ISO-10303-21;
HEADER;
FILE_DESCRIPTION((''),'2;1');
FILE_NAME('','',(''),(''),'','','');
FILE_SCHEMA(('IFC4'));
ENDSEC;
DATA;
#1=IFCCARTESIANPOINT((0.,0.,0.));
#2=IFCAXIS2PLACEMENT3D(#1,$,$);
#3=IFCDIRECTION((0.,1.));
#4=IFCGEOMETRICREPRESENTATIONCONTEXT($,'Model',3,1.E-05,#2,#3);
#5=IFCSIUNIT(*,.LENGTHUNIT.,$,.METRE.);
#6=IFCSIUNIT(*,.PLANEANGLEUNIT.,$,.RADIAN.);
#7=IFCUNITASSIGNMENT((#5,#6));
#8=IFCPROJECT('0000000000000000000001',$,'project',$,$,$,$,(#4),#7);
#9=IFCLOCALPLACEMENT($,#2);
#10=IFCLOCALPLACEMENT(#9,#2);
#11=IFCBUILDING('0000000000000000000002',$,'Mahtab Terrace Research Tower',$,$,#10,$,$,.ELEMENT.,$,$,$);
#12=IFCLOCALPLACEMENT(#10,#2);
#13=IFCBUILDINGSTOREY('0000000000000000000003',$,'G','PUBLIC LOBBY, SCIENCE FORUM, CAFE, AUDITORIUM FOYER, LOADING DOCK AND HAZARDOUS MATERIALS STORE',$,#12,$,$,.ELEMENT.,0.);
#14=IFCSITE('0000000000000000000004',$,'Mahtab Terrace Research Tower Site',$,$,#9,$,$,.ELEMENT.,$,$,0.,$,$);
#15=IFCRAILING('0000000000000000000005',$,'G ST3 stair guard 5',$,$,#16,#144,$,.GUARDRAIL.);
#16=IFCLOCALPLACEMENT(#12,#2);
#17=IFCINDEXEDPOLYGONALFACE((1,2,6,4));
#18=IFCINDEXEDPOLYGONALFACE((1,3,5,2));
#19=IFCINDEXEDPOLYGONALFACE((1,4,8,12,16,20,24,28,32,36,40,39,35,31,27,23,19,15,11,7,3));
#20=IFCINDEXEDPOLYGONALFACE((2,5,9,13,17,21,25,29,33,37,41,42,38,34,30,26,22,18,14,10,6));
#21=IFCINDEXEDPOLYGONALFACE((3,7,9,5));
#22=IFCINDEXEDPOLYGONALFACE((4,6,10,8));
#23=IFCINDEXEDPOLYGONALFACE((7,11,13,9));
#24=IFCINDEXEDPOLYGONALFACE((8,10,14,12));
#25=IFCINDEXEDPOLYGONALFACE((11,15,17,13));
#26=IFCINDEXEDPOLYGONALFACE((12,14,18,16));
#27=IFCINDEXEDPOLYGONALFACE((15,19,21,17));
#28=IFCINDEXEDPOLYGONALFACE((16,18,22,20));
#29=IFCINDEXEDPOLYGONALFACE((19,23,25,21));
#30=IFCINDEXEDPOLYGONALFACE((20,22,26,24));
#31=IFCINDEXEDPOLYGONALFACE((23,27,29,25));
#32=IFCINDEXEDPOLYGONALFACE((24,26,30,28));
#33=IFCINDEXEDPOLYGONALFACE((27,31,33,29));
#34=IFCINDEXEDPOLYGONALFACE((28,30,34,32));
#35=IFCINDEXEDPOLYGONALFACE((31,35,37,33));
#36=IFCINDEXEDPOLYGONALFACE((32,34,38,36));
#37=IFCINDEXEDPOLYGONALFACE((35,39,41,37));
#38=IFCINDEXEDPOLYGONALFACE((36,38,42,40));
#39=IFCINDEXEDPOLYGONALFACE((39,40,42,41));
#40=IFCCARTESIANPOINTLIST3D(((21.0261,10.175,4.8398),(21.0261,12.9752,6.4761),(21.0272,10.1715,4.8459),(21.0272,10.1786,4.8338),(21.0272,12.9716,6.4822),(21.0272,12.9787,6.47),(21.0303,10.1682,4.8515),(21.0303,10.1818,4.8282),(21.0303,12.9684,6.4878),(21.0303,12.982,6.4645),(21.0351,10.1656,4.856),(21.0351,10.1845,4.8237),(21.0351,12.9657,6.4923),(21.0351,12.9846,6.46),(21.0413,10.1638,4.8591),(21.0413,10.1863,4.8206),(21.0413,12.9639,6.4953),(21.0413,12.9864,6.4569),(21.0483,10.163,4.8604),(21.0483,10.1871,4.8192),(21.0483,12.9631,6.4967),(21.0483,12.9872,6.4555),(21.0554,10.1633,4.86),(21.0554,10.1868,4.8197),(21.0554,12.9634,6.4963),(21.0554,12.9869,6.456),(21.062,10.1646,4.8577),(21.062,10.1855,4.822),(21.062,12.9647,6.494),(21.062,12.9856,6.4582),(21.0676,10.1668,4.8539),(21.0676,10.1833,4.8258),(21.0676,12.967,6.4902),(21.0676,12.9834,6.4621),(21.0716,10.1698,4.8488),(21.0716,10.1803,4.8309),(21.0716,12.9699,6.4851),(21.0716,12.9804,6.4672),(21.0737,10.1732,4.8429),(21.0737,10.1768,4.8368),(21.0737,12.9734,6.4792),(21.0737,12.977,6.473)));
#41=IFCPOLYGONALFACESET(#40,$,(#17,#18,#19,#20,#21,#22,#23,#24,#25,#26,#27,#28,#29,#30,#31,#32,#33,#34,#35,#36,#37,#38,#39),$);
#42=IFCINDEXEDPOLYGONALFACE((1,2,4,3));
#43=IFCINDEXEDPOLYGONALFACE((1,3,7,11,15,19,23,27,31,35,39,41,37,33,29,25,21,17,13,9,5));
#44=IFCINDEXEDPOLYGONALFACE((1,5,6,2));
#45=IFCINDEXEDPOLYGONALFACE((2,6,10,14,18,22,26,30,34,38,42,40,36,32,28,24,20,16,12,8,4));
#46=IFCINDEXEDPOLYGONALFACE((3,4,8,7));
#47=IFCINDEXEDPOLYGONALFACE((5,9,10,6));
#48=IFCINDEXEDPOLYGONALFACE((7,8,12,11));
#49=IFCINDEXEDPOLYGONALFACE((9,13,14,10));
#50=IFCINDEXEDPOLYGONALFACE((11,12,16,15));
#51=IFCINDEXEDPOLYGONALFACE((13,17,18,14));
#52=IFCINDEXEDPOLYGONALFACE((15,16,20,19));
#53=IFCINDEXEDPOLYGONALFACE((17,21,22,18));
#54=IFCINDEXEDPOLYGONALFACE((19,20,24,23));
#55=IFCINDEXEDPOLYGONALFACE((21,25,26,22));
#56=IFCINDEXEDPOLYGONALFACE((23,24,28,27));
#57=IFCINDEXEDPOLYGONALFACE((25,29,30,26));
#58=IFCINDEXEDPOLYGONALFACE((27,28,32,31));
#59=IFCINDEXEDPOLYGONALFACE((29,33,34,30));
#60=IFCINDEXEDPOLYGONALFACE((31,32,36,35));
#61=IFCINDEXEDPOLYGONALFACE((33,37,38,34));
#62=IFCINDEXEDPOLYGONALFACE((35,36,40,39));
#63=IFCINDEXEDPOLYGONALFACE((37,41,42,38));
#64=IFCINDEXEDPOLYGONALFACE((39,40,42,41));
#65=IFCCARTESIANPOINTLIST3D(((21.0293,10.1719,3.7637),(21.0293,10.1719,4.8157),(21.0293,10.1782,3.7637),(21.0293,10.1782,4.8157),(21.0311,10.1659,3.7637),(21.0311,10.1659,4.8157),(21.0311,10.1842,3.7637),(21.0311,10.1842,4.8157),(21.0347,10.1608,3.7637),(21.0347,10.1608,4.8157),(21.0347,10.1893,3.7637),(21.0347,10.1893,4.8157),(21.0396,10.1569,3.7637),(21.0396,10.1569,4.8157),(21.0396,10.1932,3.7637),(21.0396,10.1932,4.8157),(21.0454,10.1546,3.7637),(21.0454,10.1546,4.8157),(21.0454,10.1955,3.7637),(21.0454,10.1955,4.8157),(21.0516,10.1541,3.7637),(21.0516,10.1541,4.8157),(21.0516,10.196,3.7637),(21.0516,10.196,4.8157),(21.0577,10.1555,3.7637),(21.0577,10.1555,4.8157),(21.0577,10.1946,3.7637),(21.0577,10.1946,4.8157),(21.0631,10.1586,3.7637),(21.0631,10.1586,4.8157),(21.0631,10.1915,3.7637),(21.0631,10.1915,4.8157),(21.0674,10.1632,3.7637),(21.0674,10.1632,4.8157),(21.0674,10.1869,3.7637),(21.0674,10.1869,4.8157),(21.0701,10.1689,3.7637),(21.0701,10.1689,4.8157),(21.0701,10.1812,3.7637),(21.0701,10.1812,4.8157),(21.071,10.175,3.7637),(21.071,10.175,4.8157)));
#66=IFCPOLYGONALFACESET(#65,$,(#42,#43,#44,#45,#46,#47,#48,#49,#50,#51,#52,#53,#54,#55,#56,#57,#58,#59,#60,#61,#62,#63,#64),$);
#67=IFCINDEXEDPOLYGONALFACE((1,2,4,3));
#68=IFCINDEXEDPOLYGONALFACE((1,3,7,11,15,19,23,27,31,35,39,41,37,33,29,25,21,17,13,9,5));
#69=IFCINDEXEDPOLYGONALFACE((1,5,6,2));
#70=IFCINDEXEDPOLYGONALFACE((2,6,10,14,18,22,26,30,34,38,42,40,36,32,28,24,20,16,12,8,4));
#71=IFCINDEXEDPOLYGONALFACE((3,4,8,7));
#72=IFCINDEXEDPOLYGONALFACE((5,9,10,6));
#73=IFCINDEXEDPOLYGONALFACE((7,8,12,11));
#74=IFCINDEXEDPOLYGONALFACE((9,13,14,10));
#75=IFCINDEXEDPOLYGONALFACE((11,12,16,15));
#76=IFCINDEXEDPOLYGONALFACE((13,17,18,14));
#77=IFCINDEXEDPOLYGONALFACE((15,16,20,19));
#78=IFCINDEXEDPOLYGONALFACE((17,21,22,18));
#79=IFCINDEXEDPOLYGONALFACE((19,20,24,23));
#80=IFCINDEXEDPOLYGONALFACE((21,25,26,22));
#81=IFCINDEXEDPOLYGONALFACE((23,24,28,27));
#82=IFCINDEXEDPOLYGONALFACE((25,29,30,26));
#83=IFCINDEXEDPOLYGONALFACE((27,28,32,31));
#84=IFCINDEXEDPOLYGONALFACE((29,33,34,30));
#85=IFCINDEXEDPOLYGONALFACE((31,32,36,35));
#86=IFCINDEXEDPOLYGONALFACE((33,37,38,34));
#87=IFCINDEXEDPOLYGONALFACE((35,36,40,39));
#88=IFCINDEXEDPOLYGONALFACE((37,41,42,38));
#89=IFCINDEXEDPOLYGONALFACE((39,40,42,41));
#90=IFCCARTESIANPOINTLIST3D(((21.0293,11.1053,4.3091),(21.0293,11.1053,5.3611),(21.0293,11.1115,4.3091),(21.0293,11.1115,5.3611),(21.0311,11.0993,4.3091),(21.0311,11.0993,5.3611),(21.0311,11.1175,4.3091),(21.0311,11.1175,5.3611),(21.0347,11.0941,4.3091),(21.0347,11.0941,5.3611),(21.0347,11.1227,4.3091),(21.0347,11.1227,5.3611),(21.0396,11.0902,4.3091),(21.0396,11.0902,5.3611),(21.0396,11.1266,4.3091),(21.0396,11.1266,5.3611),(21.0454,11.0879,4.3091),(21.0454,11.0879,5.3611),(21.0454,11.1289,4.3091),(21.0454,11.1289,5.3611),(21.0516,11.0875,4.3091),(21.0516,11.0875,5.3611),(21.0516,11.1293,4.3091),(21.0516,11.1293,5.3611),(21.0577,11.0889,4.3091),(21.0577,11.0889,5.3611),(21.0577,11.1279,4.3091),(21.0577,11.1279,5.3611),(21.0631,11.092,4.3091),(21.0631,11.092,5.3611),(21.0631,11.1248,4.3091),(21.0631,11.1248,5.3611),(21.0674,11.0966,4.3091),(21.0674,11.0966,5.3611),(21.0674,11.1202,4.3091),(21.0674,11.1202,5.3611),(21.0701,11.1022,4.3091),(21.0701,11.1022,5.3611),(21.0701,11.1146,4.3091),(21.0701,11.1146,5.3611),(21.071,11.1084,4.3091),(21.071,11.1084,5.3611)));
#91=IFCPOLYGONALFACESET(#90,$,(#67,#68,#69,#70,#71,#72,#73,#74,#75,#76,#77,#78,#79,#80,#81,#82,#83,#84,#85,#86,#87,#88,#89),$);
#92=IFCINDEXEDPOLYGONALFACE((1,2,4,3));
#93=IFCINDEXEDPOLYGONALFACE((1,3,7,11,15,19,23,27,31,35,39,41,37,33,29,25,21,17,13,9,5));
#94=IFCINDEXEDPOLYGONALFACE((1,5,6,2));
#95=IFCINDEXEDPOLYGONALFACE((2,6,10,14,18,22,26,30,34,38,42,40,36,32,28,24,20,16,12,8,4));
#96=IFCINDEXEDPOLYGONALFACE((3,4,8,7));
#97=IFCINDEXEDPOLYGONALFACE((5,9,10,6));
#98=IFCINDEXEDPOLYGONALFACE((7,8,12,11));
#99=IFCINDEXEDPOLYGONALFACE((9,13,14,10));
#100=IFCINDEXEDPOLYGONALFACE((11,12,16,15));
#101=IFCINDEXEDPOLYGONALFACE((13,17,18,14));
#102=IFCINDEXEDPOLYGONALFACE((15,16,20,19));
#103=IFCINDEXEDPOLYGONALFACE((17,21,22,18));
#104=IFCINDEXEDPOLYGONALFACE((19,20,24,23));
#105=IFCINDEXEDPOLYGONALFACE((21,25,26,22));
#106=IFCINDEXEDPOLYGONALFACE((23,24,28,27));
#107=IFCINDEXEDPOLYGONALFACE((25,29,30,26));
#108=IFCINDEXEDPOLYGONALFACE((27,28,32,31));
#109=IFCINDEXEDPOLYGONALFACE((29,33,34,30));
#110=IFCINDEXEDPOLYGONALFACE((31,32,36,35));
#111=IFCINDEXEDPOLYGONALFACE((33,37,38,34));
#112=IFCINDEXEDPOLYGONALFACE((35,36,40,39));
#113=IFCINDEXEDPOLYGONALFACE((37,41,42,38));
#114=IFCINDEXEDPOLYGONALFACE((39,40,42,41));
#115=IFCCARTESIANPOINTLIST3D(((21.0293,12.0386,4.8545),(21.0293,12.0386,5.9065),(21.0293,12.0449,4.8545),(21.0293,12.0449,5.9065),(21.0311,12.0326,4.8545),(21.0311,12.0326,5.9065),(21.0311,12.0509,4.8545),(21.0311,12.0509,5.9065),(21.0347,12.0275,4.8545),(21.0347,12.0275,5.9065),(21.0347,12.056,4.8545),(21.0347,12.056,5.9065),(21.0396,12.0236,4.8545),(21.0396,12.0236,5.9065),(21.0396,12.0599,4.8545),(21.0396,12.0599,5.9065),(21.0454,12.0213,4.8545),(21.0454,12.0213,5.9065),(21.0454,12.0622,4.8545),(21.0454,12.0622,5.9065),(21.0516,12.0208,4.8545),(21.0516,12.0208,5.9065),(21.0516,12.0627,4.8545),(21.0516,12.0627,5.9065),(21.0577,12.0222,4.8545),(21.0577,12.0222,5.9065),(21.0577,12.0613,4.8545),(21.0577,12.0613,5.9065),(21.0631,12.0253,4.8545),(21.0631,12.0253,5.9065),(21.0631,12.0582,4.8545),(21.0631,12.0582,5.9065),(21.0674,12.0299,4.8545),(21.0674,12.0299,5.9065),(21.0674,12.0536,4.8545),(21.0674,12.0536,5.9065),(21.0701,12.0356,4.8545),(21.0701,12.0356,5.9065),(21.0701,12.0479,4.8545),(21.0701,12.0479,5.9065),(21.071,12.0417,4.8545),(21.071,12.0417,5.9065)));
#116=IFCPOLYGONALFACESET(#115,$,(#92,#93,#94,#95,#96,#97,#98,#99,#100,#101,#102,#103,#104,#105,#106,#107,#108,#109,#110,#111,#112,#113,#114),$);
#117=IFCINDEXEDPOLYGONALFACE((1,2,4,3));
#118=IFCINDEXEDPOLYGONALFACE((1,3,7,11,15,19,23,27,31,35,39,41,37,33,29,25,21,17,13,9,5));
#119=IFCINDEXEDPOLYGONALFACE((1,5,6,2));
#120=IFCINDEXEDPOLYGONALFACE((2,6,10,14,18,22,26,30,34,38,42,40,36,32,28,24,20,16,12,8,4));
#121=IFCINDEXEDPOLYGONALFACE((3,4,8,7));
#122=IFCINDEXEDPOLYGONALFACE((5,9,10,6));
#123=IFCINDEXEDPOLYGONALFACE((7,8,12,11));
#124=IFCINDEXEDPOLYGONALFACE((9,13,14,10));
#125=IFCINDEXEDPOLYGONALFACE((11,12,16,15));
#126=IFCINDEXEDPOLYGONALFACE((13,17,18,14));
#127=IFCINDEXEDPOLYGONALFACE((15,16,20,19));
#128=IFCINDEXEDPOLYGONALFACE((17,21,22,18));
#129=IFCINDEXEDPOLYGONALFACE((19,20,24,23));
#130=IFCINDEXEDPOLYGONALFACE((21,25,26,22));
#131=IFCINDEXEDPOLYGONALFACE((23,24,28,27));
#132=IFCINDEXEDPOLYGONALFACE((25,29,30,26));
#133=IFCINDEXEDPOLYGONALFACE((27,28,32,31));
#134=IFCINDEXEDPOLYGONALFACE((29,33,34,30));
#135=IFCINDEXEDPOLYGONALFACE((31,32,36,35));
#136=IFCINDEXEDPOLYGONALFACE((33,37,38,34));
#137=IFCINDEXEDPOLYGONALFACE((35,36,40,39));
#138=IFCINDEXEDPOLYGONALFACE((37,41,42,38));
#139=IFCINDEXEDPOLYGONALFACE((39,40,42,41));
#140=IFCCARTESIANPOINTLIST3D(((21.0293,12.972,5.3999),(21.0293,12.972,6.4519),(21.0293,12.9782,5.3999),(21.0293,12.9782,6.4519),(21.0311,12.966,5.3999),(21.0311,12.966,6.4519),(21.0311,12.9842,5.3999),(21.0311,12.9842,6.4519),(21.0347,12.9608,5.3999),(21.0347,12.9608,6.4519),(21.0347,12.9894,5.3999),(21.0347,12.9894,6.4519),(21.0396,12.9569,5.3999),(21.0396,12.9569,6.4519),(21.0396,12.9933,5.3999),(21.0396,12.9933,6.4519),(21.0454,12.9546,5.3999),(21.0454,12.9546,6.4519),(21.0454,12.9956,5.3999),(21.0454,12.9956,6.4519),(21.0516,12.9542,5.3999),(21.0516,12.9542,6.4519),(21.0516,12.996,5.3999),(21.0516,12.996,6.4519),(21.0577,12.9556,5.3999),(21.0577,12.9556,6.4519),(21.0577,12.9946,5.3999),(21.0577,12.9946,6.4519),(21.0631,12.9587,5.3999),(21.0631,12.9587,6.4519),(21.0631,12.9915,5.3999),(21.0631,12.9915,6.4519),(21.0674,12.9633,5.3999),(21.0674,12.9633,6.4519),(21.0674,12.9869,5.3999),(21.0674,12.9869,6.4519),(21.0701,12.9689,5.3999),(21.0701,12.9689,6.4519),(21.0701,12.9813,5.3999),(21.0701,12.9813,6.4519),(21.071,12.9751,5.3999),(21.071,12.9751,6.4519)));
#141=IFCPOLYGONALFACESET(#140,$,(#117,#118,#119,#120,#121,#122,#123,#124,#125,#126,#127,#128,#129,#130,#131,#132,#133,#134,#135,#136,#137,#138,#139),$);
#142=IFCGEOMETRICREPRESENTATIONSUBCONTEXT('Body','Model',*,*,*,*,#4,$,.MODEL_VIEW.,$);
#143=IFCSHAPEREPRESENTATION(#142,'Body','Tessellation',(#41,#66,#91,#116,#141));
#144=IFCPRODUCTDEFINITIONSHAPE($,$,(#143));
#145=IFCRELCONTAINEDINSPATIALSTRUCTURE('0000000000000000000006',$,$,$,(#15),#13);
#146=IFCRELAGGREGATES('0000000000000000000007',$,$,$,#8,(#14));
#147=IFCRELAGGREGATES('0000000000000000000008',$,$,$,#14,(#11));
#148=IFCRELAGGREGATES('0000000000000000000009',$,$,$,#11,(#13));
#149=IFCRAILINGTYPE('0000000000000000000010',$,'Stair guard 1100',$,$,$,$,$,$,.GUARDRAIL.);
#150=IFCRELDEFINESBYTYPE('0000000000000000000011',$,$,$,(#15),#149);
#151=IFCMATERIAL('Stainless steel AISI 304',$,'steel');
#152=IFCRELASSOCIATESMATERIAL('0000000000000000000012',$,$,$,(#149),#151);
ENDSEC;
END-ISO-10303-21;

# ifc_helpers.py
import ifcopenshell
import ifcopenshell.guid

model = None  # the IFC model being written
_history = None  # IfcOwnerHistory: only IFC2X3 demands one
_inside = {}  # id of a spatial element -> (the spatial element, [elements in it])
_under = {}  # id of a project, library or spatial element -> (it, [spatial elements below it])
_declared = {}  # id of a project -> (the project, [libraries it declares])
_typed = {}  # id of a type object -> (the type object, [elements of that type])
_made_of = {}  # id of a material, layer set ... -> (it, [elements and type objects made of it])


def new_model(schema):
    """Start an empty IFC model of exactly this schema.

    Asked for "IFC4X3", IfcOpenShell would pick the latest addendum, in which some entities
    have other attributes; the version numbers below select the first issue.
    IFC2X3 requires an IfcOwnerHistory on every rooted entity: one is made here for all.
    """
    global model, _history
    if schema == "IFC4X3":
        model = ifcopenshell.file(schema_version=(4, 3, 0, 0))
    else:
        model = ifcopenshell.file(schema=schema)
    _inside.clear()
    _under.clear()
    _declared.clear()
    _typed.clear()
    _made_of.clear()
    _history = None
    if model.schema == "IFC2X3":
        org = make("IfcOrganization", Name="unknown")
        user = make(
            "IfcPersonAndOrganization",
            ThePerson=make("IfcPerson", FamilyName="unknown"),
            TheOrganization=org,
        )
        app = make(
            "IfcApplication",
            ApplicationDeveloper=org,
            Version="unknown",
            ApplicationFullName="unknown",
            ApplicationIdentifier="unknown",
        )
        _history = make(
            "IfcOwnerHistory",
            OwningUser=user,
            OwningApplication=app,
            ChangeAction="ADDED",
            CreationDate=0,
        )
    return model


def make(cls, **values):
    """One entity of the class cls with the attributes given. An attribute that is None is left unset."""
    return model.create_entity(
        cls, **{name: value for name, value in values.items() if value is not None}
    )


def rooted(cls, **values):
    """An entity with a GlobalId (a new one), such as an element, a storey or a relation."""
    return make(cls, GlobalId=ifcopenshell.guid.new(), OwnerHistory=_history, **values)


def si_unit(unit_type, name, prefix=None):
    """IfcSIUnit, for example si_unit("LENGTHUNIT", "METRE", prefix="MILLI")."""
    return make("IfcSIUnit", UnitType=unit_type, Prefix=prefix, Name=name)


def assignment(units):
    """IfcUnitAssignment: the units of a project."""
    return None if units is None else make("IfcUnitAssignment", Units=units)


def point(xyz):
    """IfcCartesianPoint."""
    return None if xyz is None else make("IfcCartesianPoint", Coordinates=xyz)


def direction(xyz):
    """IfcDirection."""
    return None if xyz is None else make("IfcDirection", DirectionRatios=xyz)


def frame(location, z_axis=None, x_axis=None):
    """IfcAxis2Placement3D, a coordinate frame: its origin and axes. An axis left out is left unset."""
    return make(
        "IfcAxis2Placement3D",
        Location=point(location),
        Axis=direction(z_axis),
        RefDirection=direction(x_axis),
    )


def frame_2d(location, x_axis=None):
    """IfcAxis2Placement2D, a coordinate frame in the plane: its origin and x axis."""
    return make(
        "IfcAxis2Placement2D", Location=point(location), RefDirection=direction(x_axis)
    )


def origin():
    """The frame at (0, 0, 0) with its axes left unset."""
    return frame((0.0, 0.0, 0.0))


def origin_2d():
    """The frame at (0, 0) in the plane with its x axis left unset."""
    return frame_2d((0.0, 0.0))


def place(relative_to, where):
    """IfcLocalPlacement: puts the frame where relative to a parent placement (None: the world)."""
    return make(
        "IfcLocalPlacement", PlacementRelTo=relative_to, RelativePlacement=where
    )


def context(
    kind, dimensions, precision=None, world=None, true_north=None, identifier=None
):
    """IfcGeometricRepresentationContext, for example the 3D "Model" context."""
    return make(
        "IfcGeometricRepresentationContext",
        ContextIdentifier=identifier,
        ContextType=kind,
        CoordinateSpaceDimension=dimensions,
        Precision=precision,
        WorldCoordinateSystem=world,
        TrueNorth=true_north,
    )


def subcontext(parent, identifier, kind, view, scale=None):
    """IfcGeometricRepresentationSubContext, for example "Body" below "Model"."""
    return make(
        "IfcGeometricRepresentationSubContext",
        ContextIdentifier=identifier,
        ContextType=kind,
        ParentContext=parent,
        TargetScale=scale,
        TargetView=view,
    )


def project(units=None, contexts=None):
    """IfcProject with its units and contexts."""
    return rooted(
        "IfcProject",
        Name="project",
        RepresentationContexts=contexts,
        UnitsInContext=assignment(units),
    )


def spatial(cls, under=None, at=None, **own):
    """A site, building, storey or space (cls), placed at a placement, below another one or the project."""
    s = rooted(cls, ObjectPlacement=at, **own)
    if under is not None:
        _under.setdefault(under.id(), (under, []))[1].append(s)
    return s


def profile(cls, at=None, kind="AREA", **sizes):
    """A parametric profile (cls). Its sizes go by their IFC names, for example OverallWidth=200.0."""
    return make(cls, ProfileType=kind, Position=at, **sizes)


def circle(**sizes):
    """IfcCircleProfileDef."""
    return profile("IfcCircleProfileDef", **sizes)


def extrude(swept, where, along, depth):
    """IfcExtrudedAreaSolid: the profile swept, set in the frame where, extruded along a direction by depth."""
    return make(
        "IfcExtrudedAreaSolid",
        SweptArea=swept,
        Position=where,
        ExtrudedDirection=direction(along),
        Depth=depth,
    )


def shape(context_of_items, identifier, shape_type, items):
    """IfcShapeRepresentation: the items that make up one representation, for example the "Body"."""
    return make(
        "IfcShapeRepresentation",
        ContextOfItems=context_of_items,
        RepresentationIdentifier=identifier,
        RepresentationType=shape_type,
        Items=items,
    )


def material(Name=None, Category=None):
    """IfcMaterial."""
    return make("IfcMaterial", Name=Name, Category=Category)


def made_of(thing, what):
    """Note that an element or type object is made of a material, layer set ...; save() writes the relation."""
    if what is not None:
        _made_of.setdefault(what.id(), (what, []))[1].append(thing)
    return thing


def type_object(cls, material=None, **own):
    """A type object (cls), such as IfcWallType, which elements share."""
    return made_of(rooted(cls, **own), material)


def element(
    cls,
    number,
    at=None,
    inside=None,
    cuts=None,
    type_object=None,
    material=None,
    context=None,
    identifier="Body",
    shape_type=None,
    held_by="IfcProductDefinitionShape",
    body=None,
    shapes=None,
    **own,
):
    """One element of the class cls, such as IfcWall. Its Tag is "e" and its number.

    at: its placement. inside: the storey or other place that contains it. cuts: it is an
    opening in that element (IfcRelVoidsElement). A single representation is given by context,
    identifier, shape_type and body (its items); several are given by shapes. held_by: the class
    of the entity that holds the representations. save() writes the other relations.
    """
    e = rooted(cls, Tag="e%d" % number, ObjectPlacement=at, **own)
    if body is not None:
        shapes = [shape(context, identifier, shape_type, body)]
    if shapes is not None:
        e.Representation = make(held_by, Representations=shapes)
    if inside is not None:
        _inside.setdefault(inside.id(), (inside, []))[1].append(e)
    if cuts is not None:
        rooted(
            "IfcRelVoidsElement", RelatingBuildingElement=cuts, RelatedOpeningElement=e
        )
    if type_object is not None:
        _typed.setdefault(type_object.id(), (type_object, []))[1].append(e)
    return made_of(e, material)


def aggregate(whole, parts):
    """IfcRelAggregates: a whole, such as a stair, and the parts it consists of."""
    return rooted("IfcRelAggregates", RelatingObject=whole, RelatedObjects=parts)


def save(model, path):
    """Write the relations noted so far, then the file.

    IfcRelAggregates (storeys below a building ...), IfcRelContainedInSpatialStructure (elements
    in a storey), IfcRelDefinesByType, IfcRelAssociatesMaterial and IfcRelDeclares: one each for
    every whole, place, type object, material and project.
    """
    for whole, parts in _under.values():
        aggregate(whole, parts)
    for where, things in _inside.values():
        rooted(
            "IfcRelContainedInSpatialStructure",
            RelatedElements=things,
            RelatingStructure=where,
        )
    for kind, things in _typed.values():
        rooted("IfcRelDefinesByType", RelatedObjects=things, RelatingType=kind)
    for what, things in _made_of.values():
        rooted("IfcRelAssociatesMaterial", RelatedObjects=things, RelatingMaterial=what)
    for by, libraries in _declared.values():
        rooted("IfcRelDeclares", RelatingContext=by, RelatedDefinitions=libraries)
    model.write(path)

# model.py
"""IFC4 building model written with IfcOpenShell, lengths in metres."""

from ifc_helpers import new_model, si_unit, direction, frame, origin, origin_2d, place, context, subcontext, project, spatial, circle, extrude, material, type_object, element, save


model = new_model("IFC4")

# Units and contexts
model_context = context("Model", 3, precision=1e-05, world=origin(), true_north=direction((0.0, 1.0)))
body_context = subcontext(model_context, "Body", "Model", "MODEL_VIEW")
ifc_project = project(units=[si_unit("LENGTHUNIT", "METRE"), si_unit("PLANEANGLEUNIT", "RADIAN")], contexts=[model_context])

# Site, building, storey
site_placement = place(None, origin())
site = spatial("IfcSite", under=ifc_project, at=site_placement, Name="Mahtab Terrace Research Tower Site", CompositionType="ELEMENT", RefElevation=0.0)
building_placement = place(site_placement, origin())
building = spatial("IfcBuilding", under=site, at=building_placement, Name="Mahtab Terrace Research Tower", CompositionType="ELEMENT")
storey_placement = place(building_placement, origin())
storey = spatial("IfcBuildingStorey", under=building, at=storey_placement, Name="G", Description="PUBLIC LOBBY, SCIENCE FORUM, CAFE, AUDITORIUM FOYER, LOADING DOCK AND HAZARDOUS MATERIALS STORE", CompositionType="ELEMENT", Elevation=0.0)

# Railing
ifc_material_1 = material(Name="Stainless steel AISI 304", Category="steel")
railing_type_1 = type_object("IfcRailingType", Name="Stair guard 1100", PredefinedType="GUARDRAIL", material=ifc_material_1)
railing_1_placement = place(storey_placement, frame((21.05, 10.175, 3.7637)))
element("IfcRailing", 1, at=railing_1_placement, inside=storey, type_object=railing_type_1, Name="G ST3 stair guard 5", PredefinedType="GUARDRAIL", context=body_context, shape_type="SweptSolid", body=[
    extrude(circle(Radius=0.0239, at=origin_2d()), frame((0.0, 0.0, 1.0762), z_axis=(0.0, 0.863394, 0.504531), x_axis=(-1.0, 0.0, 0.0)), (0.0, 0.0, 1.0), 3.2432),
    extrude(circle(Radius=0.021, at=origin_2d()), origin(), (0.0, 0.0, 1.0), 1.052),
    extrude(circle(Radius=0.021, at=origin_2d()), frame((0.0, 0.9333, 0.5454)), (0.0, 0.0, 1.0), 1.052),
    extrude(circle(Radius=0.021, at=origin_2d()), frame((0.0, 1.8667, 1.0908)), (0.0, 0.0, 1.0), 1.052),
    extrude(circle(Radius=0.021, at=origin_2d()), frame((0.0, 2.8, 1.6362)), (0.0, 0.0, 1.0), 1.052),
])

save(model, "model.ifc")
